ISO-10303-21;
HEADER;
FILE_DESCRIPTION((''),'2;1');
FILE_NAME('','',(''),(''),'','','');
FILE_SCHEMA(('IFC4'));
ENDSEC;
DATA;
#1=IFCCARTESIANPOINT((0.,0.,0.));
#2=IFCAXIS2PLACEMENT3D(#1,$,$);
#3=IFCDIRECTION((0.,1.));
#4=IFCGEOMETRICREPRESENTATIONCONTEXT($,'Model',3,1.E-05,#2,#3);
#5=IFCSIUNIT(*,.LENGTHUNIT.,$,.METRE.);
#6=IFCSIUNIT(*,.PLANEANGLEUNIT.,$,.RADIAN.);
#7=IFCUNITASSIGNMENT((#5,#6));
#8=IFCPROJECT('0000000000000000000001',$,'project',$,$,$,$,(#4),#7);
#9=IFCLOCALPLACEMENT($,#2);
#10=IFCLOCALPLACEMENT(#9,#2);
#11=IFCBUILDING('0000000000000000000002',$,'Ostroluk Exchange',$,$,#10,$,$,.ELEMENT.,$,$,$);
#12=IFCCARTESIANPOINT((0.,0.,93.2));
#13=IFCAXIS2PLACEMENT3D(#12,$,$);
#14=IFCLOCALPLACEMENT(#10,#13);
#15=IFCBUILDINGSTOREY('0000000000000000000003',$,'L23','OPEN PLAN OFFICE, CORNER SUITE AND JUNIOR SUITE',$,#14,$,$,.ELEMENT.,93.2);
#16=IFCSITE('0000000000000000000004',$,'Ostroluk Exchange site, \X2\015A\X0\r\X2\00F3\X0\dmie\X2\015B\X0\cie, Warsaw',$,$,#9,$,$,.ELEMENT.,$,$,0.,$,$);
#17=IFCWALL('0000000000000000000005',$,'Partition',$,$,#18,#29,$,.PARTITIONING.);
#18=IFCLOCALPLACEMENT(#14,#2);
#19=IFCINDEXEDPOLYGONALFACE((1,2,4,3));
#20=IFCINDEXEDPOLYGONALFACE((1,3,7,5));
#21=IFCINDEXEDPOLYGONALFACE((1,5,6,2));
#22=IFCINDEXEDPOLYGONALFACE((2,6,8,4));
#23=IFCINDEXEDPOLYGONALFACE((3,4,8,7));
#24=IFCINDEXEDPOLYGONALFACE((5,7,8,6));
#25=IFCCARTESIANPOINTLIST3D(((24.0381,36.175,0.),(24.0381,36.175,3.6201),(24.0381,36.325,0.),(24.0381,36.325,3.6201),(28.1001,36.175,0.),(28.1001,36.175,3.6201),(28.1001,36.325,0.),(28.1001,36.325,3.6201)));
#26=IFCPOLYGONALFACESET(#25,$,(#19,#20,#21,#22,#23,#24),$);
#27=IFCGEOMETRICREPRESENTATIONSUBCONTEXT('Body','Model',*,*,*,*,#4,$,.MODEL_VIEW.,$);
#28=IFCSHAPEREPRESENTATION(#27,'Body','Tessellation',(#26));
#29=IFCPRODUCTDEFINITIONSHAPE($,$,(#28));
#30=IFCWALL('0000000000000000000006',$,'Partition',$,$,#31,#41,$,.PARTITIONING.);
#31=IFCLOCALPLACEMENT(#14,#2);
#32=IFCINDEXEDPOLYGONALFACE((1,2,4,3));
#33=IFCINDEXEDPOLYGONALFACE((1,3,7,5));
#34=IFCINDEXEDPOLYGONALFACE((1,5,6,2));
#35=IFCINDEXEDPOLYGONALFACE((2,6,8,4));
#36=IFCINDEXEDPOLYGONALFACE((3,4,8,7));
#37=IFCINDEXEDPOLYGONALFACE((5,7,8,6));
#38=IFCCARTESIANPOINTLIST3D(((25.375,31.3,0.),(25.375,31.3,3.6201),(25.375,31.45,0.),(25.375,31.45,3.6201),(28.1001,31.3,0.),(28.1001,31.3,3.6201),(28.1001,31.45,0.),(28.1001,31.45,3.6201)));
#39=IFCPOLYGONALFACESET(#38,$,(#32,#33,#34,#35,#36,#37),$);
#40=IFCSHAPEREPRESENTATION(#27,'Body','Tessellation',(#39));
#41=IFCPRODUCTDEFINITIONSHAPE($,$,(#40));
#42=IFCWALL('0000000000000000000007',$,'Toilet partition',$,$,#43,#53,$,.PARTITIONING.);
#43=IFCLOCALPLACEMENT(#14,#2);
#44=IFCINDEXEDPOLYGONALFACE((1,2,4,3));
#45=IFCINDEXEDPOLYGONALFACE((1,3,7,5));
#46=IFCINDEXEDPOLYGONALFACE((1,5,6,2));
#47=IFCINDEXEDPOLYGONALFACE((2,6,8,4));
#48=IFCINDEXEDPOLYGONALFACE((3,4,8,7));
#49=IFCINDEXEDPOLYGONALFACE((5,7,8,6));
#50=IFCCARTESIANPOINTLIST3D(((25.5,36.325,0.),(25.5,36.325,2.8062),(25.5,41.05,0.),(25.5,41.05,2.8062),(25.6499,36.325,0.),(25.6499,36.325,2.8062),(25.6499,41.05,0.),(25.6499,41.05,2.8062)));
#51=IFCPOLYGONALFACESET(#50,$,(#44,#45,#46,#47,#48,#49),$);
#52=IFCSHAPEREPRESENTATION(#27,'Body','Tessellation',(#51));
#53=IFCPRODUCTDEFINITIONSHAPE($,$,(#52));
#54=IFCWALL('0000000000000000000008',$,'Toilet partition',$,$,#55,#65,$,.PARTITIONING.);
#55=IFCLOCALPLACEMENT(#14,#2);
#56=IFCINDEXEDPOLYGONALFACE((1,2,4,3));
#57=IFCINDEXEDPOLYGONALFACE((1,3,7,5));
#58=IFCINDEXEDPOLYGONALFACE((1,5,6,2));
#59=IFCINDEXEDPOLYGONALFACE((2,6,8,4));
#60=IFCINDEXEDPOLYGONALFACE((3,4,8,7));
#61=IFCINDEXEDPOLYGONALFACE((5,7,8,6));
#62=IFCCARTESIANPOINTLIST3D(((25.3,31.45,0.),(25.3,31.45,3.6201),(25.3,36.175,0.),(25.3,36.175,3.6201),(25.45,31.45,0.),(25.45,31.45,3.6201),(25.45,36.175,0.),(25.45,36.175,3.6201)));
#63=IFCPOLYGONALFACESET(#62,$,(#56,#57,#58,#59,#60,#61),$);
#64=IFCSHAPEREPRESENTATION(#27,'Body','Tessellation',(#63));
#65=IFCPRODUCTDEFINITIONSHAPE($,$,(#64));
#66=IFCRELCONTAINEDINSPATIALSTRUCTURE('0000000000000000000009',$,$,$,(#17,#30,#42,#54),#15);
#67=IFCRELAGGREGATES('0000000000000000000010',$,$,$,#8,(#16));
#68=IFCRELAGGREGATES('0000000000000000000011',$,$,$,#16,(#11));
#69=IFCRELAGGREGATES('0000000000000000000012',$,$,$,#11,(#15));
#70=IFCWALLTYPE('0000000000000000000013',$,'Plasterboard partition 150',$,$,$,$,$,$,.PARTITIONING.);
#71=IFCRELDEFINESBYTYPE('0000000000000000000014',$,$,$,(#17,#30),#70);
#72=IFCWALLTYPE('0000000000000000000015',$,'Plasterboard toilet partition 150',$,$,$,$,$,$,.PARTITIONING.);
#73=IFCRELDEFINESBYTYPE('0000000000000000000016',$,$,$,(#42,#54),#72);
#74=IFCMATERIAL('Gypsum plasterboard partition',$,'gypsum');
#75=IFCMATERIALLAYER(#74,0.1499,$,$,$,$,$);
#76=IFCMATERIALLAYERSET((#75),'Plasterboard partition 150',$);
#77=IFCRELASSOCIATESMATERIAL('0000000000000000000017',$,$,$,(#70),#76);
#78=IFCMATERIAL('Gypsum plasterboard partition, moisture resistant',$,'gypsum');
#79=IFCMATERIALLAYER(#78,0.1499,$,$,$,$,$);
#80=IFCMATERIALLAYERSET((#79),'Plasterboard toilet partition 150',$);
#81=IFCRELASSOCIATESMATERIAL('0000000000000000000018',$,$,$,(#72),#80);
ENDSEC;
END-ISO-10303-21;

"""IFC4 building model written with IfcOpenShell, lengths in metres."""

from ifc_helpers import new_model, si_unit, direction, frame, frame_2d, origin, place, context, subcontext, project, spatial, rectangle, extrude, material, layer, layer_set, type_object, element, save


model = new_model("IFC4")

# Units and contexts
model_context = context("Model", 3, precision=1e-05, world=origin(), true_north=direction((0.0, 1.0)))
body_context = subcontext(model_context, "Body", "Model", "MODEL_VIEW")
ifc_project = project(units=[si_unit("LENGTHUNIT", "METRE"), si_unit("PLANEANGLEUNIT", "RADIAN")], contexts=[model_context])

# Site, building, storey
site_placement = place(None, origin())
site = spatial("IfcSite", under=ifc_project, at=site_placement, Name="Ostroluk Exchange site, Śródmieście, Warsaw", CompositionType="ELEMENT", RefElevation=0.0)
building_placement = place(site_placement, origin())
building = spatial("IfcBuilding", under=site, at=building_placement, Name="Ostroluk Exchange", CompositionType="ELEMENT")
storey_placement = place(building_placement, frame((0.0, 0.0, 93.2)))
storey = spatial("IfcBuildingStorey", under=building, at=storey_placement, Name="L23", Description="OPEN PLAN OFFICE, CORNER SUITE AND JUNIOR SUITE", CompositionType="ELEMENT", Elevation=93.2)

# Walls
ifc_material_1 = material(Name="Gypsum plasterboard partition", Category="gypsum")
ifc_layer_1 = layer(ifc_material_1, 0.1499)
ifc_layer_set_1 = layer_set([ifc_layer_1], Name="Plasterboard partition 150")
wall_type_1 = type_object("IfcWallType", Name="Plasterboard partition 150", PredefinedType="PARTITIONING", material=ifc_layer_set_1)
wall_1_placement = place(storey_placement, frame((28.1001, 36.25, 0.0), z_axis=(0.0, 0.0, 1.0), x_axis=(-1.0, 0.0, 0.0)))
element("IfcWall", 1, at=wall_1_placement, inside=storey, type_object=wall_type_1, Name="Partition", PredefinedType="PARTITIONING", context=body_context, shape_type="SweptSolid", body=[
    extrude(rectangle(XDim=4.062, YDim=0.1499, at=frame_2d((2.031, 0.0))), origin(), (0.0, 0.0, 1.0), 3.6201),
])
wall_2_placement = place(storey_placement, frame((28.1001, 31.375, 0.0), z_axis=(0.0, 0.0, 1.0), x_axis=(-1.0, 0.0, 0.0)))
element("IfcWall", 2, at=wall_2_placement, inside=storey, type_object=wall_type_1, Name="Partition", PredefinedType="PARTITIONING", context=body_context, shape_type="SweptSolid", body=[
    extrude(rectangle(XDim=2.7251, YDim=0.1499, at=frame_2d((1.3625, 0.0))), origin(), (0.0, 0.0, 1.0), 3.6201),
])
ifc_material_2 = material(Name="Gypsum plasterboard partition, moisture resistant", Category="gypsum")
ifc_layer_2 = layer(ifc_material_2, 0.1499)
ifc_layer_set_2 = layer_set([ifc_layer_2], Name="Plasterboard toilet partition 150")
wall_type_2 = type_object("IfcWallType", Name="Plasterboard toilet partition 150", PredefinedType="PARTITIONING", material=ifc_layer_set_2)
wall_3_placement = place(storey_placement, frame((25.575, 41.05, 0.0), z_axis=(0.0, 0.0, 1.0), x_axis=(0.0, -1.0, 0.0)))
element("IfcWall", 3, at=wall_3_placement, inside=storey, type_object=wall_type_2, Name="Toilet partition", PredefinedType="PARTITIONING", context=body_context, shape_type="SweptSolid", body=[
    extrude(rectangle(XDim=4.7251, YDim=0.1499, at=frame_2d((2.3625, 0.0))), origin(), (0.0, 0.0, 1.0), 2.8062),
])
wall_4_placement = place(storey_placement, frame((25.375, 36.175, 0.0), z_axis=(0.0, 0.0, 1.0), x_axis=(0.0, -1.0, 0.0)))
element("IfcWall", 4, at=wall_4_placement, inside=storey, type_object=wall_type_2, Name="Toilet partition", PredefinedType="PARTITIONING", context=body_context, shape_type="SweptSolid", body=[
    extrude(rectangle(XDim=4.7251, YDim=0.1499, at=frame_2d((2.3625, 0.0))), origin(), (0.0, 0.0, 1.0), 3.6201),
])

save(model, "model.ifc")
